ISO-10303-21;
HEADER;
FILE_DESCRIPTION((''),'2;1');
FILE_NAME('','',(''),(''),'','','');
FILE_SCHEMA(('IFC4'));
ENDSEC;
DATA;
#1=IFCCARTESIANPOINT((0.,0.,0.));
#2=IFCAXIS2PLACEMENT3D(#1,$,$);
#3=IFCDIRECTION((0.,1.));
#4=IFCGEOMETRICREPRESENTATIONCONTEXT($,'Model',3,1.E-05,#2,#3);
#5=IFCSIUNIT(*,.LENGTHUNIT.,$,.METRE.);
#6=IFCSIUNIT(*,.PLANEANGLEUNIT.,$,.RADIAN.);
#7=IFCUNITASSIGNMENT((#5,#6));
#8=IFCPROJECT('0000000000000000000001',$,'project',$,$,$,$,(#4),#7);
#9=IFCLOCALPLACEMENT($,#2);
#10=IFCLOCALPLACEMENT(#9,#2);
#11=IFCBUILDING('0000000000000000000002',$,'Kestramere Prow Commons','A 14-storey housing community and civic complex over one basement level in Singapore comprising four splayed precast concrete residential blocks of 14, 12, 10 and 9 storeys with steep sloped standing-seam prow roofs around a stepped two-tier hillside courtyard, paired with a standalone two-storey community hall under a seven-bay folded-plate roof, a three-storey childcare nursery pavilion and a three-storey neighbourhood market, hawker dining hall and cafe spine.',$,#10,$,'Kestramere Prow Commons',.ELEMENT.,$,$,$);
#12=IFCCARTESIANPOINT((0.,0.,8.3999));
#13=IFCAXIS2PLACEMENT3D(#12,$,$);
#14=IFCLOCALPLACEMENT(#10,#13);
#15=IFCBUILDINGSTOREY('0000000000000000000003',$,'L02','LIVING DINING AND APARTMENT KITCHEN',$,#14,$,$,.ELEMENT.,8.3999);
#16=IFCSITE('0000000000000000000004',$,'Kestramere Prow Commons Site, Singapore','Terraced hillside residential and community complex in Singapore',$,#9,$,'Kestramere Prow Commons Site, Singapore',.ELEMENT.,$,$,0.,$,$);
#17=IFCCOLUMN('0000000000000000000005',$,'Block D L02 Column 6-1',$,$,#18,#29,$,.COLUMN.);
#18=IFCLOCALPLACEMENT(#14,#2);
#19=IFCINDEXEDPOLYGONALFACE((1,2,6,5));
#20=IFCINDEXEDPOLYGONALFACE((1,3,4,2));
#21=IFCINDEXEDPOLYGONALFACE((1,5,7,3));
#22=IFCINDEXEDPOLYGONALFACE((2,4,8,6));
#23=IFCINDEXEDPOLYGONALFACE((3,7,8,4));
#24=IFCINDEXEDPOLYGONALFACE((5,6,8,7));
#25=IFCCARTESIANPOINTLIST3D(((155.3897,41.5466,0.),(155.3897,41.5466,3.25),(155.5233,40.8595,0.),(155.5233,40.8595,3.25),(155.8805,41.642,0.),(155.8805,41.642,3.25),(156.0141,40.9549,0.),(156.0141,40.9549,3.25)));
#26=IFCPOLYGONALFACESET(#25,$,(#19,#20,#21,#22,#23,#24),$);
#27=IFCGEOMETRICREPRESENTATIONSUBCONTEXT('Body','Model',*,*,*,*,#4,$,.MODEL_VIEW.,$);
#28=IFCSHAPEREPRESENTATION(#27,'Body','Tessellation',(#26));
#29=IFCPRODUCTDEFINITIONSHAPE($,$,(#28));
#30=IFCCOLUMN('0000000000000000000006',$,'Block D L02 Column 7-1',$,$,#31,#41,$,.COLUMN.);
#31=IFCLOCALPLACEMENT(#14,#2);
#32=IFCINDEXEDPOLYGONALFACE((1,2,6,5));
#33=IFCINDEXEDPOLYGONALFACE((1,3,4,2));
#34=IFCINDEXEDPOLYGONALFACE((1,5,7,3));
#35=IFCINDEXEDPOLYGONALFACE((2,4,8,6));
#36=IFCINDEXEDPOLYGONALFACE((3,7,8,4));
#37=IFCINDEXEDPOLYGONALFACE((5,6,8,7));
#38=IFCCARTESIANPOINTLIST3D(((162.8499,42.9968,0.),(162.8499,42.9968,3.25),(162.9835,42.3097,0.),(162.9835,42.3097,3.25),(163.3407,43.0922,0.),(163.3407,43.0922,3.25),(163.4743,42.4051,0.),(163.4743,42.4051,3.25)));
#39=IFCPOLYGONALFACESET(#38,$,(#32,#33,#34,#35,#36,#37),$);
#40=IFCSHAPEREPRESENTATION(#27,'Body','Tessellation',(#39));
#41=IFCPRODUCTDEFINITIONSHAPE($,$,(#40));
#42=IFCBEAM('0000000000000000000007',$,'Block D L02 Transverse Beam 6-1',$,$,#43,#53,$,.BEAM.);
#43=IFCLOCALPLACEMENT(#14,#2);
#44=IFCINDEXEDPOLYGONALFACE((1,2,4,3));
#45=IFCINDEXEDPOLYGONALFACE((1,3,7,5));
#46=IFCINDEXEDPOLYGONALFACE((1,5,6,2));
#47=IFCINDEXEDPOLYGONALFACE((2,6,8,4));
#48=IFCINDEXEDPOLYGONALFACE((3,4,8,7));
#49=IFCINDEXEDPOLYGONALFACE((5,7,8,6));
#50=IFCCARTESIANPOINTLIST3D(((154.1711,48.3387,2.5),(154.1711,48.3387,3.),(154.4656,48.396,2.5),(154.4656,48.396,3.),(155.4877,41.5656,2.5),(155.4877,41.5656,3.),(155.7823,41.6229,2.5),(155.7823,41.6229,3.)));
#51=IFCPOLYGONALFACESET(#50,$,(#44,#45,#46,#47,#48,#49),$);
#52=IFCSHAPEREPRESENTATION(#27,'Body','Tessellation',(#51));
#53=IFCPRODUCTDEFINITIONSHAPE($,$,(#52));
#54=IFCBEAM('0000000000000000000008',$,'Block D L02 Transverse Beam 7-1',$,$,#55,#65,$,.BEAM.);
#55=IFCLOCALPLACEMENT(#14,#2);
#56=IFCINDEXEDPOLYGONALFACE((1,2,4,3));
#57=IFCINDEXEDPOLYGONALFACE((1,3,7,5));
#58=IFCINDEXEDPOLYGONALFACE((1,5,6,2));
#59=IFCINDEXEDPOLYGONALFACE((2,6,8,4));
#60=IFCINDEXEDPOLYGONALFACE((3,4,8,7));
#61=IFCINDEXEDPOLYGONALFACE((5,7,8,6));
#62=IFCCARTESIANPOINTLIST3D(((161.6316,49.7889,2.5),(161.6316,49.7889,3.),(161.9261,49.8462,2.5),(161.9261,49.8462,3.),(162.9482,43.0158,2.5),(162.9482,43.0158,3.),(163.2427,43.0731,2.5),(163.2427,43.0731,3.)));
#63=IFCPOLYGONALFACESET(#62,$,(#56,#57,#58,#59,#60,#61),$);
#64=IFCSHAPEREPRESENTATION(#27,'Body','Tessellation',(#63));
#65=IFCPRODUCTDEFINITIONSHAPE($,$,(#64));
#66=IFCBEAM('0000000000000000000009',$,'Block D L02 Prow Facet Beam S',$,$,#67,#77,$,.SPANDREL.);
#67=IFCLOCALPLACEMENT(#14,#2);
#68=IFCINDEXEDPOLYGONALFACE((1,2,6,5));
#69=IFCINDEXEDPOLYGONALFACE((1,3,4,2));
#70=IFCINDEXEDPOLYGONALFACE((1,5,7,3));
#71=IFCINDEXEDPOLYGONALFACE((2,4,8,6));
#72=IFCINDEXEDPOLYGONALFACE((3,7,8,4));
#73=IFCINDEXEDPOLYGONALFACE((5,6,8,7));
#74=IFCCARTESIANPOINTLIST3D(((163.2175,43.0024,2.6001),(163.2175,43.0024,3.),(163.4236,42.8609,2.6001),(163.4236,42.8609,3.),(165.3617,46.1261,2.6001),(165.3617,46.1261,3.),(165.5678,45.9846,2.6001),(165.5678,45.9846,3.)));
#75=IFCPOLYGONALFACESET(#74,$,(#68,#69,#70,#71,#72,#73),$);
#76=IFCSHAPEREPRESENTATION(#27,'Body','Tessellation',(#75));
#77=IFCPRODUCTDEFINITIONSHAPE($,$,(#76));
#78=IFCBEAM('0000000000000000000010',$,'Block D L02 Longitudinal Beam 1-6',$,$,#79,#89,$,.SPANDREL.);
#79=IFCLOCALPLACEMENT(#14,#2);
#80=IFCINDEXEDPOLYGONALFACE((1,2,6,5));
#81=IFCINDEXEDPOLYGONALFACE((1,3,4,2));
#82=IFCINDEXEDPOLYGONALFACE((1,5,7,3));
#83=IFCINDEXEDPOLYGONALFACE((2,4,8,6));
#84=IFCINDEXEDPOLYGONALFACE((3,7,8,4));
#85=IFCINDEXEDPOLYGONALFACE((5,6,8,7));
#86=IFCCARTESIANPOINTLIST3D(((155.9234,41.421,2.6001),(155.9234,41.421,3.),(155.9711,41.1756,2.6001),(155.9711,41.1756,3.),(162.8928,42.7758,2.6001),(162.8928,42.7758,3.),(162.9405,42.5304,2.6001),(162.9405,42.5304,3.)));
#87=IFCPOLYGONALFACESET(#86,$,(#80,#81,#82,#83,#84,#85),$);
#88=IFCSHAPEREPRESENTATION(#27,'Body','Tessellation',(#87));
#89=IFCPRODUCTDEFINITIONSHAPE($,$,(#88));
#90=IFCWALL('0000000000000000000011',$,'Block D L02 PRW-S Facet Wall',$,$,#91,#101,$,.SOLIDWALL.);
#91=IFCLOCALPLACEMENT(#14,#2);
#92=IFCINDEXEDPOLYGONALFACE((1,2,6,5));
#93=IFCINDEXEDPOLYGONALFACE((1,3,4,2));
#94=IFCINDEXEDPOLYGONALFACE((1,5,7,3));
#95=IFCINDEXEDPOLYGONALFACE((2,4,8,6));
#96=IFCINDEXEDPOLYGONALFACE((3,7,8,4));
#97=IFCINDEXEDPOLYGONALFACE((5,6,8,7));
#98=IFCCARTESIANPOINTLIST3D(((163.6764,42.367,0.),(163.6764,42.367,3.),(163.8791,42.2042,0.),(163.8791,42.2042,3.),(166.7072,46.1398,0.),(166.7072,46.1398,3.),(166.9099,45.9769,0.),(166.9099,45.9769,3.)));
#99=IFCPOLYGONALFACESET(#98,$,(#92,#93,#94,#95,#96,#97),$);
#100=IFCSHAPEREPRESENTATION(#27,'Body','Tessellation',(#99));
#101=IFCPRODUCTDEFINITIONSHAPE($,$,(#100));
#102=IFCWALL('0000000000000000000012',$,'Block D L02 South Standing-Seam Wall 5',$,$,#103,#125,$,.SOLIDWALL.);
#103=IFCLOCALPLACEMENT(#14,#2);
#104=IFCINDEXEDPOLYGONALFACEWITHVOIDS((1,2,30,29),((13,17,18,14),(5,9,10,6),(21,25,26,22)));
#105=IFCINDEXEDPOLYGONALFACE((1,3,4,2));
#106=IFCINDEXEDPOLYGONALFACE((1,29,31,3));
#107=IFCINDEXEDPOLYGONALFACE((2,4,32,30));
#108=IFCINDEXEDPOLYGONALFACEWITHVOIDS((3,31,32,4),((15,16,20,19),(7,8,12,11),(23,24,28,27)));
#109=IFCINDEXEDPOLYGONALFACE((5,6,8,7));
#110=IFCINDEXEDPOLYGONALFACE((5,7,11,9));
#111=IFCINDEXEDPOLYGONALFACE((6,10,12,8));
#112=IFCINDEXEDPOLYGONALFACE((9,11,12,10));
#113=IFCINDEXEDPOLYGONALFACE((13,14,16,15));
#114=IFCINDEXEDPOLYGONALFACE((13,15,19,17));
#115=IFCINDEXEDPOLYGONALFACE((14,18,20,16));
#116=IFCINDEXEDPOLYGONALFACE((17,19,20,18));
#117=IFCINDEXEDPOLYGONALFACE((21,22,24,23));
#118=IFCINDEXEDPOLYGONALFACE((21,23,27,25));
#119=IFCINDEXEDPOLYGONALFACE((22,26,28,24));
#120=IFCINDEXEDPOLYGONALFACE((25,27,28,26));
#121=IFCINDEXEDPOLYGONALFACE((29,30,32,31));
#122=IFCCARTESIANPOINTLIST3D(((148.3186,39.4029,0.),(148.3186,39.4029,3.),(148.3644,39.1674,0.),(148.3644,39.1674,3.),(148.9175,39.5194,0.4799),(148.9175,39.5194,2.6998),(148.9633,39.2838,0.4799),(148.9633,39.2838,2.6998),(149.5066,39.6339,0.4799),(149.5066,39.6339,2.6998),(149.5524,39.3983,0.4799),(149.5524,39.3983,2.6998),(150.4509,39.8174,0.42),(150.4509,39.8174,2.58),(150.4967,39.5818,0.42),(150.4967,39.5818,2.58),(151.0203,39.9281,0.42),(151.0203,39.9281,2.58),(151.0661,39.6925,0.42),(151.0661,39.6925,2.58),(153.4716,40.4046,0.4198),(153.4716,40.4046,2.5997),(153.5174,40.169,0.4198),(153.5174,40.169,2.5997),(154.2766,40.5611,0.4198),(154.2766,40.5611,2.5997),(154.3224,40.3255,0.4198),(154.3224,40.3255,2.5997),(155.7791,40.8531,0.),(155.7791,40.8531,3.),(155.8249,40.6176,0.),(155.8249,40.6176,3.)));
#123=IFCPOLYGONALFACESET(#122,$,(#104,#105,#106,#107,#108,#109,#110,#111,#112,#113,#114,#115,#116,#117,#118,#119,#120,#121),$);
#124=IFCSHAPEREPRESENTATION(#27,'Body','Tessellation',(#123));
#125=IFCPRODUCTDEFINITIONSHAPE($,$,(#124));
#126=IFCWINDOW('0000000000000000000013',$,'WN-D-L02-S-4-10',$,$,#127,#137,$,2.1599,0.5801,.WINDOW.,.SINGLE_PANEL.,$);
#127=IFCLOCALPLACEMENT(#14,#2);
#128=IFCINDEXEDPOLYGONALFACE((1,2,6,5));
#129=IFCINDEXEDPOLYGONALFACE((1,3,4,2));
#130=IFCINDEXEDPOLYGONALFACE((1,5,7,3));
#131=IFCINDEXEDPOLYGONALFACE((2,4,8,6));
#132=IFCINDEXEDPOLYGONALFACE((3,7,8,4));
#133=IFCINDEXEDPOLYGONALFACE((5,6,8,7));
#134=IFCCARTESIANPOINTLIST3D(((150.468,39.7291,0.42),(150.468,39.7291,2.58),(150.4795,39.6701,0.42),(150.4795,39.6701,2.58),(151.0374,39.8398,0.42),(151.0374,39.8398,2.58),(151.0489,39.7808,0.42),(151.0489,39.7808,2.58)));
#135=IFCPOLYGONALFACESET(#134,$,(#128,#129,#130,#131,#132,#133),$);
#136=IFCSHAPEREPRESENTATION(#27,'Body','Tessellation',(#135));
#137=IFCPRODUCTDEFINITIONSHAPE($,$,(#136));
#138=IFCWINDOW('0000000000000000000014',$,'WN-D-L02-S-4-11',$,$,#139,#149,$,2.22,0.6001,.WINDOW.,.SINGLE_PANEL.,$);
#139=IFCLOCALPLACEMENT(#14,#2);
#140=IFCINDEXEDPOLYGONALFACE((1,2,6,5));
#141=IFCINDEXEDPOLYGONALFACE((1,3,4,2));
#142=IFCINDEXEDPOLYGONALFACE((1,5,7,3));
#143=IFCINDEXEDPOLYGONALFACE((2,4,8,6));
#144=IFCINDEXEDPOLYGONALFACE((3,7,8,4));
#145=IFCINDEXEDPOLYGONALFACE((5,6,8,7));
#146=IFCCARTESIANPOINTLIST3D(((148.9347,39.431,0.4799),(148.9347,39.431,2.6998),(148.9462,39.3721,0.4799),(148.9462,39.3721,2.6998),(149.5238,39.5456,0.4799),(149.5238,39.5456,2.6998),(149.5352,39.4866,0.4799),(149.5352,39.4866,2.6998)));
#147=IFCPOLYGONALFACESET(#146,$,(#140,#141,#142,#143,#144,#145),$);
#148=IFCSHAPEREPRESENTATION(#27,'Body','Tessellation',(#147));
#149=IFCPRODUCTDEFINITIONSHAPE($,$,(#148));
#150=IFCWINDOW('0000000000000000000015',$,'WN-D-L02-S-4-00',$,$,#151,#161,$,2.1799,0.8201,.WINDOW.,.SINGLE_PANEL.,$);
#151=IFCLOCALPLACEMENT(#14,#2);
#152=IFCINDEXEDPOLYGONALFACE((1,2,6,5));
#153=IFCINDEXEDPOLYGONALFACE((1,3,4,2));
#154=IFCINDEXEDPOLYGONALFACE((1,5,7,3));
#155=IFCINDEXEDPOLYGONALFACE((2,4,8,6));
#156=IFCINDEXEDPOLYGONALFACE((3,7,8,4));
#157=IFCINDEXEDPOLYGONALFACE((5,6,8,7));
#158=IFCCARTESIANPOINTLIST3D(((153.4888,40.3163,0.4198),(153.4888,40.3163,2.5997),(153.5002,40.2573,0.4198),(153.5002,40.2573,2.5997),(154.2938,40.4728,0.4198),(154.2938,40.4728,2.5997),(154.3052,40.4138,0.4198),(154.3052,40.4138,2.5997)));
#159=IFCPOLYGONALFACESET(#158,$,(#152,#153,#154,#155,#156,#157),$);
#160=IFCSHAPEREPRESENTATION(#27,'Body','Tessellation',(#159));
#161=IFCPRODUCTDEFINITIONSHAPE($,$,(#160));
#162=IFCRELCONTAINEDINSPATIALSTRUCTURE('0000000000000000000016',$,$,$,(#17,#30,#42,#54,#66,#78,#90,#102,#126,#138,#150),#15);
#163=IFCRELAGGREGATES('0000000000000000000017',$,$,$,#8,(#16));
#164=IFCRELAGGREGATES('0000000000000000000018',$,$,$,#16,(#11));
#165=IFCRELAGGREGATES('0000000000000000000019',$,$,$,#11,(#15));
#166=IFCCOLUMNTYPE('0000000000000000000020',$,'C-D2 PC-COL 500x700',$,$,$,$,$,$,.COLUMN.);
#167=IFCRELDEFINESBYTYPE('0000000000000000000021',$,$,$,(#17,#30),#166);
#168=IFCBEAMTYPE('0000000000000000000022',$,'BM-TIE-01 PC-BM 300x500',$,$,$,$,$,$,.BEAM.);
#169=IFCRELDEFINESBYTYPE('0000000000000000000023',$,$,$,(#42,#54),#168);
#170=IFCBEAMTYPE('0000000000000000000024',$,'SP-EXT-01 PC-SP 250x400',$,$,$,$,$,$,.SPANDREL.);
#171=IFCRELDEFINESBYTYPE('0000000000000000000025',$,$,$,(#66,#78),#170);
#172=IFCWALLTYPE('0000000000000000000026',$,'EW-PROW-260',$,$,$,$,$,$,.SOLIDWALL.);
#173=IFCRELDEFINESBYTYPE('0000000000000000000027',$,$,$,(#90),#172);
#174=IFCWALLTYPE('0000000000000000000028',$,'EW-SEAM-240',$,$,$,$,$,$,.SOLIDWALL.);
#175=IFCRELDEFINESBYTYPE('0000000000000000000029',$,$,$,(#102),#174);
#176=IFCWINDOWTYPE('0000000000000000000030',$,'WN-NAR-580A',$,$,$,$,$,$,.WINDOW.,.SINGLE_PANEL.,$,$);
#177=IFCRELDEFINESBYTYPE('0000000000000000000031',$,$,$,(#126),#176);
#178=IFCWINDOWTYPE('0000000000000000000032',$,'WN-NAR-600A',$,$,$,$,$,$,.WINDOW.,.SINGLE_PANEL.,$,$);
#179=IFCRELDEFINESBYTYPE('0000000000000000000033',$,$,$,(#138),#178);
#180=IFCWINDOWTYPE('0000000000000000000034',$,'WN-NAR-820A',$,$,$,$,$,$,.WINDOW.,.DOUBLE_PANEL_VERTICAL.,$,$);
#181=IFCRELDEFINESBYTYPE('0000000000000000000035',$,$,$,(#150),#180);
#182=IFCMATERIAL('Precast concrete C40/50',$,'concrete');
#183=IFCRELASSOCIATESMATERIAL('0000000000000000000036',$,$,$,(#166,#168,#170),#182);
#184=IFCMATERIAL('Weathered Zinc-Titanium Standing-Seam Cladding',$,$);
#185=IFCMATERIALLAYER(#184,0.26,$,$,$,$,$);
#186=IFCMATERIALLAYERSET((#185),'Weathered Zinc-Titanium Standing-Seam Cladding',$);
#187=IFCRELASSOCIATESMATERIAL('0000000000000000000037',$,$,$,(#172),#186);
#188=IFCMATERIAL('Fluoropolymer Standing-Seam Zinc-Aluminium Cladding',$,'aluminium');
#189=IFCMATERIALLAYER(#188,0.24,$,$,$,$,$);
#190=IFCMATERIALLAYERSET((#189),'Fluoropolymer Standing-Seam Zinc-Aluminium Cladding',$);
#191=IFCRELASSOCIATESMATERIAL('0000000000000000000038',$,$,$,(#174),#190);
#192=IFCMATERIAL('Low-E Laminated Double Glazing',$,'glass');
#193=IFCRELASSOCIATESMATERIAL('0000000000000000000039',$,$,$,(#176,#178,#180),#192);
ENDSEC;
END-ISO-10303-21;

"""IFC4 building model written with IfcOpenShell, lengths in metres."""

from ifc_helpers import new_model, si_unit, direction, frame, frame_2d, origin, origin_2d, place, context, subcontext, project, spatial, rectangle, extrude, material, layer, layer_set, material_profile, profile_set, type_object, element, fill, save


model = new_model("IFC4")

# Units and contexts
model_context = context("Model", 3, precision=1e-05, world=origin(), true_north=direction((0.0, 1.0)))
body_context = subcontext(model_context, "Body", "Model", "MODEL_VIEW")
ifc_project = project(units=[si_unit("LENGTHUNIT", "METRE"), si_unit("PLANEANGLEUNIT", "RADIAN")], contexts=[model_context])

# Site, building, storey
site_placement = place(None, origin())
site = spatial("IfcSite", under=ifc_project, at=site_placement, Name="Kestramere Prow Commons Site, Singapore", Description="Terraced hillside residential and community complex in Singapore", LongName="Kestramere Prow Commons Site, Singapore", CompositionType="ELEMENT", RefElevation=0.0)
building_placement = place(site_placement, origin())
building = spatial("IfcBuilding", under=site, at=building_placement, Name="Kestramere Prow Commons", Description="A 14-storey housing community and civic complex over one basement level in Singapore comprising four splayed precast concrete residential blocks of 14, 12, 10 and 9 storeys with steep sloped standing-seam prow roofs around a stepped two-tier hillside courtyard, paired with a standalone two-storey community hall under a seven-bay folded-plate roof, a three-storey childcare nursery pavilion and a three-storey neighbourhood market, hawker dining hall and cafe spine.", LongName="Kestramere Prow Commons", CompositionType="ELEMENT")
storey_placement = place(building_placement, frame((0.0, 0.0, 8.3999)))
storey = spatial("IfcBuildingStorey", under=building, at=storey_placement, Name="L02", Description="LIVING DINING AND APARTMENT KITCHEN", CompositionType="ELEMENT", Elevation=8.3999)

# Columns
ifc_material_1 = material(Name="Precast concrete C40/50", Category="concrete")
ifc_material_profile_1 = material_profile(ifc_material_1, rectangle(XDim=0.5, YDim=0.7, at=origin_2d()), Name="PC-COL 500x700")
ifc_profile_set_1 = profile_set([ifc_material_profile_1], Name="Precast concrete C40/50")
column_type = type_object("IfcColumnType", Name="C-D2 PC-COL 500x700", PredefinedType="COLUMN", material=ifc_profile_set_1)
for number, where, z_axis, x_axis, name in (
    (1, (155.7019, 41.2507, 0.0), (0.0, 0.0, 1.0), (0.981627, 0.190809, 0.0), "Block D L02 Column 6-1"),
    (2, (163.1621, 42.7009, 0.0), (0.0, 0.0, 1.0), (0.981627, 0.190809, 0.0), "Block D L02 Column 7-1"),
):
    element("IfcColumn", number, at=place(storey_placement, frame(where, z_axis=z_axis, x_axis=x_axis)), inside=storey, type_object=column_type, Name=name, PredefinedType="COLUMN", context=body_context, shape_type="SweptSolid", body=[
        extrude(rectangle(XDim=0.5, YDim=0.7, at=origin_2d()), origin(), (0.0, 0.0, 1.0), 3.25),
    ])

# Beams
ifc_material_profile_2 = material_profile(ifc_material_1, rectangle(XDim=0.3, YDim=0.5, at=origin_2d()), Name="PC-BM 300x500")
ifc_profile_set_2 = profile_set([ifc_material_profile_2], Name="Precast concrete C40/50")
beam_type_1 = type_object("IfcBeamType", Name="BM-TIE-01 PC-BM 300x500", PredefinedType="BEAM", material=ifc_profile_set_2)
for number, where, z_axis, x_axis, name in (
    (3, (155.635, 41.5942, 2.75), (-0.190819, 0.981625, 0.0), (-0.981625, -0.190819, 0.0), "Block D L02 Transverse Beam 6-1"),
    (4, (163.0955, 43.0444, 2.75), (-0.190819, 0.981625, 0.0), (-0.981625, -0.190819, 0.0), "Block D L02 Transverse Beam 7-1"),
):
    element("IfcBeam", number, at=place(storey_placement, frame(where, z_axis=z_axis, x_axis=x_axis)), inside=storey, type_object=beam_type_1, Name=name, PredefinedType="BEAM", context=body_context, shape_type="SweptSolid", body=[
        extrude(rectangle(XDim=0.3, YDim=0.5, at=origin_2d()), origin(), (0.0, 0.0, 1.0), 6.8999),
    ])
ifc_material_profile_3 = material_profile(ifc_material_1, rectangle(XDim=0.25, YDim=0.3999, at=origin_2d()), Name="PC-SP 250x400")
ifc_profile_set_3 = profile_set([ifc_material_profile_3], Name="Precast concrete C40/50")
beam_type_2 = type_object("IfcBeamType", Name="SP-EXT-01 PC-SP 250x400", PredefinedType="SPANDREL", material=ifc_profile_set_3)
beam_1_placement = place(storey_placement, frame((163.3206, 42.9316, 2.8), z_axis=(0.565935, 0.82445, 0.0), x_axis=(-0.82445, 0.565935, 0.0)))
element("IfcBeam", 5, at=beam_1_placement, inside=storey, type_object=beam_type_2, Name="Block D L02 Prow Facet Beam S", PredefinedType="SPANDREL", context=body_context, shape_type="SweptSolid", body=[
    extrude(rectangle(XDim=0.25, YDim=0.3999, at=origin_2d()), origin(), (0.0, 0.0, 1.0), 3.7888),
])
beam_2_placement = place(storey_placement, frame((155.9473, 41.2983, 2.8), z_axis=(0.981627, 0.19081, 0.0), x_axis=(-0.19081, 0.981627, 0.0)))
element("IfcBeam", 6, at=beam_2_placement, inside=storey, type_object=beam_type_2, Name="Block D L02 Longitudinal Beam 1-6", PredefinedType="SPANDREL", context=body_context, shape_type="SweptSolid", body=[
    extrude(rectangle(XDim=0.25, YDim=0.3999, at=origin_2d()), origin(), (0.0, 0.0, 1.0), 7.0999),
])

# Wall
ifc_material_2 = material(Name="Weathered Zinc-Titanium Standing-Seam Cladding")
ifc_layer_1 = layer(ifc_material_2, 0.26)
ifc_layer_set_1 = layer_set([ifc_layer_1], Name="Weathered Zinc-Titanium Standing-Seam Cladding")
wall_type_1 = type_object("IfcWallType", Name="EW-PROW-260", PredefinedType="SOLIDWALL", material=ifc_layer_set_1)
wall_1_placement = place(storey_placement, frame((166.8086, 46.0583, 0.0), z_axis=(0.0, 0.0, 1.0), x_axis=(-0.626281, -0.779597, 0.0)))
element("IfcWall", 7, at=wall_1_placement, inside=storey, type_object=wall_type_1, Name="Block D L02 PRW-S Facet Wall", PredefinedType="SOLIDWALL", context=body_context, shape_type="SweptSolid", body=[
    extrude(rectangle(XDim=4.8394, YDim=0.26, at=frame_2d((2.4197, 0.0))), origin(), (0.0, 0.0, 1.0), 3.0),
])

# Wall, openings, windows
ifc_material_3 = material(Name="Fluoropolymer Standing-Seam Zinc-Aluminium Cladding", Category="aluminium")
ifc_layer_2 = layer(ifc_material_3, 0.24)
ifc_layer_set_2 = layer_set([ifc_layer_2], Name="Fluoropolymer Standing-Seam Zinc-Aluminium Cladding")
wall_type_2 = type_object("IfcWallType", Name="EW-SEAM-240", PredefinedType="SOLIDWALL", material=ifc_layer_set_2)
wall_2_placement = place(storey_placement, frame((155.802, 40.7354, 0.0), z_axis=(0.0, 0.0, 1.0), x_axis=(-0.981626, -0.190813, 0.0)))
wall_2 = element("IfcWall", 8, at=wall_2_placement, inside=storey, type_object=wall_type_2, Name="Block D L02 South Standing-Seam Wall 5", PredefinedType="SOLIDWALL", context=body_context, shape_type="SweptSolid", body=[
    extrude(rectangle(XDim=7.6001, YDim=0.24, at=frame_2d((3.8, 0.0))), origin(), (0.0, 0.0, 1.0), 3.0),
])
opening_1_placement = place(wall_2_placement, frame((1.5305, 0.0, 0.4199)))
opening_1 = element("IfcOpeningElement", 9, at=opening_1_placement, cuts=wall_2, PredefinedType="OPENING", context=body_context, shape_type="SweptSolid", body=[
    extrude(rectangle(XDim=0.8201, YDim=2.1799, at=frame_2d((0.4102, 1.0898))), frame((0.0, 0.135, 0.0), z_axis=(0.0, -1.0, 0.0), x_axis=(1.0, 0.0, 0.0)), (0.0, 0.0, 1.0), 0.27),
])
opening_2_placement = place(wall_2_placement, frame((4.8479, 0.0, 0.4199)))
opening_2 = element("IfcOpeningElement", 10, at=opening_2_placement, cuts=wall_2, PredefinedType="OPENING", context=body_context, shape_type="SweptSolid", body=[
    extrude(rectangle(XDim=0.5801, YDim=2.1599, at=frame_2d((0.29, 1.0801))), frame((0.0, 0.135, 0.0), z_axis=(0.0, -1.0, 0.0), x_axis=(1.0, 0.0, 0.0)), (0.0, 0.0, 1.0), 0.27),
])
opening_3_placement = place(wall_2_placement, frame((6.3899, 0.0, 0.48)))
opening_3 = element("IfcOpeningElement", 11, at=opening_3_placement, cuts=wall_2, PredefinedType="OPENING", context=body_context, shape_type="SweptSolid", body=[
    extrude(rectangle(XDim=0.6001, YDim=2.22, at=frame_2d((0.3, 1.1099))), frame((0.0, 0.135, 0.0), z_axis=(0.0, -1.0, 0.0), x_axis=(1.0, 0.0, 0.0)), (0.0, 0.0, 1.0), 0.27),
])
ifc_material_4 = material(Name="Low-E Laminated Double Glazing", Category="glass")
window_type_1 = type_object("IfcWindowType", Name="WN-NAR-580A", PartitioningType="SINGLE_PANEL", PredefinedType="WINDOW", material=ifc_material_4)
window_1_placement = place(opening_2_placement, origin())
window_1 = element("IfcWindow", 12, at=window_1_placement, inside=storey, type_object=window_type_1, Name="WN-D-L02-S-4-10", OverallHeight=2.1599, OverallWidth=0.5801, PartitioningType="SINGLE_PANEL", PredefinedType="WINDOW", context=body_context, shape_type="SweptSolid", body=[
    extrude(rectangle(XDim=0.5801, YDim=2.1599, at=frame_2d((0.29, 1.0801))), frame((0.0, 0.03, 0.0), z_axis=(0.0, -1.0, 0.0), x_axis=(1.0, 0.0, 0.0)), (0.0, 0.0, 1.0), 0.0601),
])
fill(opening_2, window_1)
window_type_2 = type_object("IfcWindowType", Name="WN-NAR-600A", PartitioningType="SINGLE_PANEL", PredefinedType="WINDOW", material=ifc_material_4)
window_2_placement = place(opening_3_placement, origin())
window_2 = element("IfcWindow", 13, at=window_2_placement, inside=storey, type_object=window_type_2, Name="WN-D-L02-S-4-11", OverallHeight=2.22, OverallWidth=0.6001, PartitioningType="SINGLE_PANEL", PredefinedType="WINDOW", context=body_context, shape_type="SweptSolid", body=[
    extrude(rectangle(XDim=0.6001, YDim=2.22, at=frame_2d((0.3, 1.1099))), frame((0.0, 0.03, 0.0), z_axis=(0.0, -1.0, 0.0), x_axis=(1.0, 0.0, 0.0)), (0.0, 0.0, 1.0), 0.0601),
])
fill(opening_3, window_2)
window_type_3 = type_object("IfcWindowType", Name="WN-NAR-820A", PartitioningType="DOUBLE_PANEL_VERTICAL", PredefinedType="WINDOW", material=ifc_material_4)
window_3_placement = place(opening_1_placement, origin())
window_3 = element("IfcWindow", 14, at=window_3_placement, inside=storey, type_object=window_type_3, Name="WN-D-L02-S-4-00", OverallHeight=2.1799, OverallWidth=0.8201, PartitioningType="SINGLE_PANEL", PredefinedType="WINDOW", context=body_context, shape_type="SweptSolid", body=[
    extrude(rectangle(XDim=0.8201, YDim=2.1799, at=frame_2d((0.4102, 1.0898))), frame((0.0, 0.03, 0.0), z_axis=(0.0, -1.0, 0.0), x_axis=(1.0, 0.0, 0.0)), (0.0, 0.0, 1.0), 0.0601),
])
fill(opening_1, window_3)

save(model, "model.ifc")
